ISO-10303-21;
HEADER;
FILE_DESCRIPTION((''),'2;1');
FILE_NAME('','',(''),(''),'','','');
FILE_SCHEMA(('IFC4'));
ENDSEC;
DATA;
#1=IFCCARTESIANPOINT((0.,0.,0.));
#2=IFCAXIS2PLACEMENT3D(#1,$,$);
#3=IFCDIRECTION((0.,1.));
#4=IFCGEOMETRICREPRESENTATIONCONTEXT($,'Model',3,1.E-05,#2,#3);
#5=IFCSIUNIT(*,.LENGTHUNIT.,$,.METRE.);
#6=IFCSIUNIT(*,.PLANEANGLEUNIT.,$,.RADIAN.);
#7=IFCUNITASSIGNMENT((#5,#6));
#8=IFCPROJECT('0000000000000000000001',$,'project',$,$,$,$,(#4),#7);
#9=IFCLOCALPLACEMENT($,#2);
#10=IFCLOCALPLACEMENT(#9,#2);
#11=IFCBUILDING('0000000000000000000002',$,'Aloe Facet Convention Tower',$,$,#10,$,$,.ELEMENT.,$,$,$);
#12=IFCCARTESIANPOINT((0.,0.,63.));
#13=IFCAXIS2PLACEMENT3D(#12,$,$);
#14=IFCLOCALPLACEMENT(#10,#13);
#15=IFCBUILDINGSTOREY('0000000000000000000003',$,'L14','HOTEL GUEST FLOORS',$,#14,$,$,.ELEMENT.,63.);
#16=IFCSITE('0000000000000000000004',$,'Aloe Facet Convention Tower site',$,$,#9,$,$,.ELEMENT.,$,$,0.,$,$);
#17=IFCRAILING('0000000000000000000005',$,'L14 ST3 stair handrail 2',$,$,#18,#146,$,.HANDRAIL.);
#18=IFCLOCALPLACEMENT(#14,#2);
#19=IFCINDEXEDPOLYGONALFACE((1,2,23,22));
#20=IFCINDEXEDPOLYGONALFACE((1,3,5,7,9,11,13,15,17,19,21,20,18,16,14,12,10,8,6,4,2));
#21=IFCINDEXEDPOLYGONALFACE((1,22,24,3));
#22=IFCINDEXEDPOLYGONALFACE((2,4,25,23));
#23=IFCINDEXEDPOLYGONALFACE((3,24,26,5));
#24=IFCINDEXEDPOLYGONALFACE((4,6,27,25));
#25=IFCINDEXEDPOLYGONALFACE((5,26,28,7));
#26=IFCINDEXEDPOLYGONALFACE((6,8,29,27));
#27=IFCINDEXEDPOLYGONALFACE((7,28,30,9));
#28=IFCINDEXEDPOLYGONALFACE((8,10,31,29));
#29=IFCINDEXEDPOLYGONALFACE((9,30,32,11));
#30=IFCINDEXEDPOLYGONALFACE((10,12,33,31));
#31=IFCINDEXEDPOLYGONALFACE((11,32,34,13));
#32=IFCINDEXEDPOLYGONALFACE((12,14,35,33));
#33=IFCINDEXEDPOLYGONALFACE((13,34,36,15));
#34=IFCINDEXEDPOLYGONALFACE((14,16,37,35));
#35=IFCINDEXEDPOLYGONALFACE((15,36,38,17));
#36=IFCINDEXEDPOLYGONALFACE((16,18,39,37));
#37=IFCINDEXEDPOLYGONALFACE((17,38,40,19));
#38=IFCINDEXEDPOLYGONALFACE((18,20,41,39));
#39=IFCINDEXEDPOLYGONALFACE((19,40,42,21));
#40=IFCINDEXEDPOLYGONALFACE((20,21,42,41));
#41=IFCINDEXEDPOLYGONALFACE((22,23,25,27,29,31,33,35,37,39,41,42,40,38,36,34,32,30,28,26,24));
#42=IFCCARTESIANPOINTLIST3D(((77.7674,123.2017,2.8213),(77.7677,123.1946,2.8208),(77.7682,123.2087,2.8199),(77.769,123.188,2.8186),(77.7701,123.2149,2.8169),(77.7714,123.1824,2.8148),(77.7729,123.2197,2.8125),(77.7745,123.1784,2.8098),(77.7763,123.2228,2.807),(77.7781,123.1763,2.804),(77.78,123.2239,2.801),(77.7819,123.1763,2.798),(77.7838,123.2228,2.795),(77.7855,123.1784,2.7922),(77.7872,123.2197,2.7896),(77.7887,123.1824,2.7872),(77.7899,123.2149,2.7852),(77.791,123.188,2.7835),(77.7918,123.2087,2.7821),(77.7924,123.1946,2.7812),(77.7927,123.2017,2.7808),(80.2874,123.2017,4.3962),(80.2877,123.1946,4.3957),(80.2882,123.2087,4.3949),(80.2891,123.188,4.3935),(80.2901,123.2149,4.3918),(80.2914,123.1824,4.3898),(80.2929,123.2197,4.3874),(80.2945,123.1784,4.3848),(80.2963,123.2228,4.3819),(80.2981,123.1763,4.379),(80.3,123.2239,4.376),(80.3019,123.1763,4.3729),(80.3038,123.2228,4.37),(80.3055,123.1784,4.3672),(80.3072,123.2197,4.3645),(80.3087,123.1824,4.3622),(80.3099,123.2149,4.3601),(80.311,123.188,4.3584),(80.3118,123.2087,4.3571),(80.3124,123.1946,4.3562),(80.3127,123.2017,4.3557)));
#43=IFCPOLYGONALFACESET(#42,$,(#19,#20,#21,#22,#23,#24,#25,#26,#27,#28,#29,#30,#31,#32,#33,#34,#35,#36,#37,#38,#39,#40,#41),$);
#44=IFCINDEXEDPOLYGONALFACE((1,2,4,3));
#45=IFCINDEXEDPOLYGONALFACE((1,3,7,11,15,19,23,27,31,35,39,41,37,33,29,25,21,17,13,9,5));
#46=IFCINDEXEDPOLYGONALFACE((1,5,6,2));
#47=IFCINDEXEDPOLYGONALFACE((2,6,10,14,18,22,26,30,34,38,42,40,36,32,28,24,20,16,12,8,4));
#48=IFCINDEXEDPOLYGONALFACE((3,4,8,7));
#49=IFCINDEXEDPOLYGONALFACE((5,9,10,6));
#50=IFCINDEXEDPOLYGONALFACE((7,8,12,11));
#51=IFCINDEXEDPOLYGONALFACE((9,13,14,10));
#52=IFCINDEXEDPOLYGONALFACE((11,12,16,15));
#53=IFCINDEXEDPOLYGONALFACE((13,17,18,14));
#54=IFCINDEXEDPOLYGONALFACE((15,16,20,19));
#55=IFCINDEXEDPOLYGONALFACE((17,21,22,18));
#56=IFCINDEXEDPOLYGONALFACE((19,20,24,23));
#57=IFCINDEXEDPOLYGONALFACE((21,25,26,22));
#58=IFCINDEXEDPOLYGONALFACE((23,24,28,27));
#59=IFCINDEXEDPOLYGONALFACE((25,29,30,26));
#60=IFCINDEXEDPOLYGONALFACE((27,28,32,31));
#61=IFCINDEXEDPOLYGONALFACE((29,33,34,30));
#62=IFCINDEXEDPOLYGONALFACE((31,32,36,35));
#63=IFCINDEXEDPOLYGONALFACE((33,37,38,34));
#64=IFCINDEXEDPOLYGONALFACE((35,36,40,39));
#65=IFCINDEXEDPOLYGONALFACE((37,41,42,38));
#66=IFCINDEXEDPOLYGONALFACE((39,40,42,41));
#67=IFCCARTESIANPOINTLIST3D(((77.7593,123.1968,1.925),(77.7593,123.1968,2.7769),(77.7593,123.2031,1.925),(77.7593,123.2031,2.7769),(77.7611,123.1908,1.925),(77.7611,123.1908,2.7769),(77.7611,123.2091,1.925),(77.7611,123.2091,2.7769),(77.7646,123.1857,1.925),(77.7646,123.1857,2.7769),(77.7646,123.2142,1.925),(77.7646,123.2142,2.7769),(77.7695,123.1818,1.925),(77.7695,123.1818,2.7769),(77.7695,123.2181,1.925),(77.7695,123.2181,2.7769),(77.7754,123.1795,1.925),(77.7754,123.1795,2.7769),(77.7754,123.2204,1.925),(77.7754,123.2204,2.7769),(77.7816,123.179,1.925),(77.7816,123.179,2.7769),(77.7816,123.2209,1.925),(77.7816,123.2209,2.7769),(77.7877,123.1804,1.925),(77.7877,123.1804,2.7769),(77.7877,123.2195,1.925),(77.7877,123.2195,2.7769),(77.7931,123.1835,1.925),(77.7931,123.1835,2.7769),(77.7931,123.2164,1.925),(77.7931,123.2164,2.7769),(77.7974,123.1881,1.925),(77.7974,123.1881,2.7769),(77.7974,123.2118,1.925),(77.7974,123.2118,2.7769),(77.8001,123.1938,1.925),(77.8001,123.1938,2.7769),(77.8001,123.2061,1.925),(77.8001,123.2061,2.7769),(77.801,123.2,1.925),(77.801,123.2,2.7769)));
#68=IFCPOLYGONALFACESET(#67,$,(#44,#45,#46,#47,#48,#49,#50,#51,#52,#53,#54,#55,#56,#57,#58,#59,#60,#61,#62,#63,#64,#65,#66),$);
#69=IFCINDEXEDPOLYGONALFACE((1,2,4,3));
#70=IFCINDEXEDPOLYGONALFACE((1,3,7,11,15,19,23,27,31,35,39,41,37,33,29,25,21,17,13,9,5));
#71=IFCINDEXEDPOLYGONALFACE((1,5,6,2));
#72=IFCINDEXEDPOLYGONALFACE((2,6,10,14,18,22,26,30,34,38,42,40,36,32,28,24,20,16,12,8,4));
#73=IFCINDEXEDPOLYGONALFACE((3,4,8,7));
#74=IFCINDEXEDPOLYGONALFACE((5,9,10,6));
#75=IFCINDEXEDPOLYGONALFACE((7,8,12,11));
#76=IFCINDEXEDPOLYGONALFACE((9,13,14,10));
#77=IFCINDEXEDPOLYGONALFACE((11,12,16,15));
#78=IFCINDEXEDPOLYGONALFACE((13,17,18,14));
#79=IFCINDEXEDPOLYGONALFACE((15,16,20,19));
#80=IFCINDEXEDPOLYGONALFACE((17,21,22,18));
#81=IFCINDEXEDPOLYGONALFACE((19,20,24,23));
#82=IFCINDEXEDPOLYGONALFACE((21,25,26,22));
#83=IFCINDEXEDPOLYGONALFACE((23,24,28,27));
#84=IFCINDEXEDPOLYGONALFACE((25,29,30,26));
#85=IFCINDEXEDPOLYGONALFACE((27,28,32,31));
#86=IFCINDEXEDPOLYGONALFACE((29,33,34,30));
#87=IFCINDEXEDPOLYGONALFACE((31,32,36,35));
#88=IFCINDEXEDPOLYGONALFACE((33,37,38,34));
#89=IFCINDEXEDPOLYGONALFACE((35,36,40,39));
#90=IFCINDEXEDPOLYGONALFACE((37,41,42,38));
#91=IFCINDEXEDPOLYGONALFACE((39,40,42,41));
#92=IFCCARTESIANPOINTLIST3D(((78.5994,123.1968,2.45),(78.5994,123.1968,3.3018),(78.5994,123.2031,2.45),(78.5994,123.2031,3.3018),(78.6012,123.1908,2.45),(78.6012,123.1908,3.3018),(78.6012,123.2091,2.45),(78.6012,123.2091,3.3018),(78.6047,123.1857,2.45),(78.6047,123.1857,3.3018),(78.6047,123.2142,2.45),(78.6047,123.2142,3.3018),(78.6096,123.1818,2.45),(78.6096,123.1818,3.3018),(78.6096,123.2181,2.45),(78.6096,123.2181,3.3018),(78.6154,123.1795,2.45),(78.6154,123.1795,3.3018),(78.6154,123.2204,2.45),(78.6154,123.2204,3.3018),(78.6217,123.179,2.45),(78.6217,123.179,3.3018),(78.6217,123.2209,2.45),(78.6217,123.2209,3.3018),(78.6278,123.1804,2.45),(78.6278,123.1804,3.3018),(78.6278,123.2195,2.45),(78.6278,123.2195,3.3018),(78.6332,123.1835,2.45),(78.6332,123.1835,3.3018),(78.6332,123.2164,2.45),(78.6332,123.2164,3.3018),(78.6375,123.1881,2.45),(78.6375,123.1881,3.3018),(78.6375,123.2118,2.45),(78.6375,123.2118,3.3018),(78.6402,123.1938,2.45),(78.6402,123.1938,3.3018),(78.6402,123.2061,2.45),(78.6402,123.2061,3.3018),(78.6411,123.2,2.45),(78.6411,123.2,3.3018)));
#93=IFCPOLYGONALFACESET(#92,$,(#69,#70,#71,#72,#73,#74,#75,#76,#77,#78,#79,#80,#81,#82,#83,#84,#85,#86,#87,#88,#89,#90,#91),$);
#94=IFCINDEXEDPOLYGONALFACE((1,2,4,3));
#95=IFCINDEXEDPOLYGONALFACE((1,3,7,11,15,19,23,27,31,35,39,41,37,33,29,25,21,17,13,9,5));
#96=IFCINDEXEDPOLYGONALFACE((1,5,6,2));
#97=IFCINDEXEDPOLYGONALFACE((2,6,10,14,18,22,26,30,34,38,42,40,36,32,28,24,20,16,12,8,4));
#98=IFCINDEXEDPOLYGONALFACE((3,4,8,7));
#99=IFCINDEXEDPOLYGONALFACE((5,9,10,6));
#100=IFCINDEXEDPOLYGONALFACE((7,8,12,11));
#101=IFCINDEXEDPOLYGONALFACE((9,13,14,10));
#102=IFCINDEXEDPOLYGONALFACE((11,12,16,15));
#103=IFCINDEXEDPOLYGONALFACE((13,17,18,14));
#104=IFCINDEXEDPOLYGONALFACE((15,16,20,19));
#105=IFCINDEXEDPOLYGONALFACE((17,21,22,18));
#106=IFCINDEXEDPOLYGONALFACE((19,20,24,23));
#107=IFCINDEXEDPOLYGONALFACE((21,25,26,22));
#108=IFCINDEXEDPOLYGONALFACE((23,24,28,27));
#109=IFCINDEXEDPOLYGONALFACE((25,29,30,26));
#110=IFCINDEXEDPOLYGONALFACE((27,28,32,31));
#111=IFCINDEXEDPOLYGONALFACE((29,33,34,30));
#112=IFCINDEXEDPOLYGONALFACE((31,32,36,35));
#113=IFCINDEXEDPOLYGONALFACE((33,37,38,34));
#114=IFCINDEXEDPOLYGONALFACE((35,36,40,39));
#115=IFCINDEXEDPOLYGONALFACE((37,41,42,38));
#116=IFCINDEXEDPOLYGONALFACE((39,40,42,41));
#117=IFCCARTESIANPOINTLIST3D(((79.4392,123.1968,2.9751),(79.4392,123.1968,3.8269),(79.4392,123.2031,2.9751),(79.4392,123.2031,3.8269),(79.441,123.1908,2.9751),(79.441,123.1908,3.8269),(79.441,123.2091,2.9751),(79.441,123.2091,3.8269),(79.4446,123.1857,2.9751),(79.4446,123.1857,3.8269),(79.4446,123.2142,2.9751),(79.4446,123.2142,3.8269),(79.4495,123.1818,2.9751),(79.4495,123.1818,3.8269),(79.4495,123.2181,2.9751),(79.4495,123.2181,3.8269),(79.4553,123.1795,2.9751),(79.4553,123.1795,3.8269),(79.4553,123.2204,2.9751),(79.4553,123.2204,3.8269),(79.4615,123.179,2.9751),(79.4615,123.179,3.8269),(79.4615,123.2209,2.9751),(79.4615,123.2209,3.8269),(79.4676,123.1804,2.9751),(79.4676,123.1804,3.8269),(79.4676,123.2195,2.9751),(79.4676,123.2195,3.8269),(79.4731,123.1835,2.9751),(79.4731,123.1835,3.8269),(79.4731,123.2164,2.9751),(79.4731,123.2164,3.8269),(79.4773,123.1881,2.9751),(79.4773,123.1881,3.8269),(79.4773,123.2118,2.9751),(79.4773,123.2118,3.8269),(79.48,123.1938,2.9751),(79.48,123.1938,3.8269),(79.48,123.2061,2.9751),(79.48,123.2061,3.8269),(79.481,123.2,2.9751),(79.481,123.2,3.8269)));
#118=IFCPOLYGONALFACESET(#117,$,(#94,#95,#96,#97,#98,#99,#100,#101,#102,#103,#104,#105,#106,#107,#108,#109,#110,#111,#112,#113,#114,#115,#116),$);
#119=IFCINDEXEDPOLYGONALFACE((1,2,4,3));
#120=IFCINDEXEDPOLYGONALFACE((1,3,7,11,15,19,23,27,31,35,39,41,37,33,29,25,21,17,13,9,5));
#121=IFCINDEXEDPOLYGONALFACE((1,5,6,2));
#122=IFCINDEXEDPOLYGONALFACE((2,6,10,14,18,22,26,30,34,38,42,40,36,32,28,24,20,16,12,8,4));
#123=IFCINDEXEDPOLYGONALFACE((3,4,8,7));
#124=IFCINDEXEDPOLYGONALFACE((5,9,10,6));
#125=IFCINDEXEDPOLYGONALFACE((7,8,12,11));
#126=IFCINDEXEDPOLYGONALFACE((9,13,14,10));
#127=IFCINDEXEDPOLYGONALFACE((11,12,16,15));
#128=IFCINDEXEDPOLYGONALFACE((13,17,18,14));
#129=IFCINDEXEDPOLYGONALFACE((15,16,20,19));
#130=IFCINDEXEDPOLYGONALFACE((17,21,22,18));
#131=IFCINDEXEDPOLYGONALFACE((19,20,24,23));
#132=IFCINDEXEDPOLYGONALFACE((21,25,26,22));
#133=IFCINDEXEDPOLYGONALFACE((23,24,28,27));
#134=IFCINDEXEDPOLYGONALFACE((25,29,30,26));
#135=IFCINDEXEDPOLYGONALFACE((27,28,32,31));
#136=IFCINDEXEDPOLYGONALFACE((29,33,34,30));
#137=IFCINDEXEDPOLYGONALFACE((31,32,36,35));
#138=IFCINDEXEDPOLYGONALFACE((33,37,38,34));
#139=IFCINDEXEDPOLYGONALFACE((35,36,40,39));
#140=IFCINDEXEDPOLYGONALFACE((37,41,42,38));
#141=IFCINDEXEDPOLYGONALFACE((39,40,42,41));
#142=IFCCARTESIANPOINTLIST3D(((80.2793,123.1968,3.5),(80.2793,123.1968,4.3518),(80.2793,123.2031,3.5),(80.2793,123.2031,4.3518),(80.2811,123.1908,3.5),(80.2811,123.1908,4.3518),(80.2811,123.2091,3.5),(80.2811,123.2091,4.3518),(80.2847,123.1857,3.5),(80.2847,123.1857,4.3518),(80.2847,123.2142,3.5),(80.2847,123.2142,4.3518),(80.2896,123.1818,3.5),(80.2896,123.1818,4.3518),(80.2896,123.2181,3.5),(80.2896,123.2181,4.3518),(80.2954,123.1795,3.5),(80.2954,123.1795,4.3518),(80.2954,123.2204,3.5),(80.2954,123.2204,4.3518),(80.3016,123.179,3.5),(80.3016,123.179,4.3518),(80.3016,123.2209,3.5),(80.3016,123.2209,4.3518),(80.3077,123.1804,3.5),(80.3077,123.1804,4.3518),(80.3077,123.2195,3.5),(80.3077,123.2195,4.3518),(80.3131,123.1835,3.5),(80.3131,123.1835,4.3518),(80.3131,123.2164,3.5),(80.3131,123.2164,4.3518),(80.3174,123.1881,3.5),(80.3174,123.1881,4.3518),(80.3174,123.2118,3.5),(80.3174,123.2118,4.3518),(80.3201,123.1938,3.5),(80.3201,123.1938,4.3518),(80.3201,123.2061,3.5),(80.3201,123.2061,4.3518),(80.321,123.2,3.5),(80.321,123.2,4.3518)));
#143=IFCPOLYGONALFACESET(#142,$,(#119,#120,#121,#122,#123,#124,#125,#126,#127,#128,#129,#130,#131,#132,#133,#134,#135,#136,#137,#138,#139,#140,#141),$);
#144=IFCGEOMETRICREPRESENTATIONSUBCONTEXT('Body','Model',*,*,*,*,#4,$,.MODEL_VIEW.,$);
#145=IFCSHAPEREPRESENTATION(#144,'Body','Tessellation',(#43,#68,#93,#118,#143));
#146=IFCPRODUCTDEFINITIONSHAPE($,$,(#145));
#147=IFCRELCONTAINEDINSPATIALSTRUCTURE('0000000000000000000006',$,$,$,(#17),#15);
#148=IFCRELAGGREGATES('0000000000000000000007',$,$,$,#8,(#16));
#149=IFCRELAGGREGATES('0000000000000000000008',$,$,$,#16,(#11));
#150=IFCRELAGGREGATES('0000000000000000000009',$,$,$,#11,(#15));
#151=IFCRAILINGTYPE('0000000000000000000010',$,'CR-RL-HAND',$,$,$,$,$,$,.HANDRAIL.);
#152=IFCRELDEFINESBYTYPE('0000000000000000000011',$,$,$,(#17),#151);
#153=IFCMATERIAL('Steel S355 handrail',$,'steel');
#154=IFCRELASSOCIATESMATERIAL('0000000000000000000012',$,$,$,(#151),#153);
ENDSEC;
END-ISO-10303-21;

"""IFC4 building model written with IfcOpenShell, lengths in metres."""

from ifc_helpers import new_model, si_unit, direction, frame, origin, origin_2d, place, context, subcontext, project, spatial, circle, extrude, material, type_object, element, save


model = new_model("IFC4")

# Units and contexts
model_context = context("Model", 3, precision=1e-05, world=origin(), true_north=direction((0.0, 1.0)))
body_context = subcontext(model_context, "Body", "Model", "MODEL_VIEW")
ifc_project = project(units=[si_unit("LENGTHUNIT", "METRE"), si_unit("PLANEANGLEUNIT", "RADIAN")], contexts=[model_context])

# Site, building, storey
site_placement = place(None, origin())
site = spatial("IfcSite", under=ifc_project, at=site_placement, Name="Aloe Facet Convention Tower site", CompositionType="ELEMENT", RefElevation=0.0)
building_placement = place(site_placement, origin())
building = spatial("IfcBuilding", under=site, at=building_placement, Name="Aloe Facet Convention Tower", CompositionType="ELEMENT")
storey_placement = place(building_placement, frame((0.0, 0.0, 63.0)))
storey = spatial("IfcBuildingStorey", under=building, at=storey_placement, Name="L14", Description="HOTEL GUEST FLOORS", CompositionType="ELEMENT", Elevation=63.0)

# Railing
ifc_material_1 = material(Name="Steel S355 handrail", Category="steel")
railing_type_1 = type_object("IfcRailingType", Name="CR-RL-HAND", PredefinedType="HANDRAIL", material=ifc_material_1)
railing_1_placement = place(storey_placement, frame((77.78, 123.2, 1.925)))
element("IfcRailing", 1, at=railing_1_placement, inside=storey, type_object=railing_type_1, Name="L14 ST3 stair handrail 2", PredefinedType="HANDRAIL", context=body_context, shape_type="SweptSolid", body=[
    extrude(circle(Radius=0.0239, at=origin_2d()), frame((0.0, 0.0, 0.876), z_axis=(0.848008, 0.0, 0.529984), x_axis=(0.0, 1.0, 0.0)), (0.0, 0.0, 1.0), 2.9717),
    extrude(circle(Radius=0.021, at=origin_2d()), origin(), (0.0, 0.0, 1.0), 0.8518),
    extrude(circle(Radius=0.021, at=origin_2d()), frame((0.8401, 0.0, 0.5249)), (0.0, 0.0, 1.0), 0.8518),
    extrude(circle(Radius=0.021, at=origin_2d()), frame((1.6799, 0.0, 1.05)), (0.0, 0.0, 1.0), 0.8518),
    extrude(circle(Radius=0.021, at=origin_2d()), frame((2.52, 0.0, 1.575)), (0.0, 0.0, 1.0), 0.8518),
])

save(model, "model.ifc")
